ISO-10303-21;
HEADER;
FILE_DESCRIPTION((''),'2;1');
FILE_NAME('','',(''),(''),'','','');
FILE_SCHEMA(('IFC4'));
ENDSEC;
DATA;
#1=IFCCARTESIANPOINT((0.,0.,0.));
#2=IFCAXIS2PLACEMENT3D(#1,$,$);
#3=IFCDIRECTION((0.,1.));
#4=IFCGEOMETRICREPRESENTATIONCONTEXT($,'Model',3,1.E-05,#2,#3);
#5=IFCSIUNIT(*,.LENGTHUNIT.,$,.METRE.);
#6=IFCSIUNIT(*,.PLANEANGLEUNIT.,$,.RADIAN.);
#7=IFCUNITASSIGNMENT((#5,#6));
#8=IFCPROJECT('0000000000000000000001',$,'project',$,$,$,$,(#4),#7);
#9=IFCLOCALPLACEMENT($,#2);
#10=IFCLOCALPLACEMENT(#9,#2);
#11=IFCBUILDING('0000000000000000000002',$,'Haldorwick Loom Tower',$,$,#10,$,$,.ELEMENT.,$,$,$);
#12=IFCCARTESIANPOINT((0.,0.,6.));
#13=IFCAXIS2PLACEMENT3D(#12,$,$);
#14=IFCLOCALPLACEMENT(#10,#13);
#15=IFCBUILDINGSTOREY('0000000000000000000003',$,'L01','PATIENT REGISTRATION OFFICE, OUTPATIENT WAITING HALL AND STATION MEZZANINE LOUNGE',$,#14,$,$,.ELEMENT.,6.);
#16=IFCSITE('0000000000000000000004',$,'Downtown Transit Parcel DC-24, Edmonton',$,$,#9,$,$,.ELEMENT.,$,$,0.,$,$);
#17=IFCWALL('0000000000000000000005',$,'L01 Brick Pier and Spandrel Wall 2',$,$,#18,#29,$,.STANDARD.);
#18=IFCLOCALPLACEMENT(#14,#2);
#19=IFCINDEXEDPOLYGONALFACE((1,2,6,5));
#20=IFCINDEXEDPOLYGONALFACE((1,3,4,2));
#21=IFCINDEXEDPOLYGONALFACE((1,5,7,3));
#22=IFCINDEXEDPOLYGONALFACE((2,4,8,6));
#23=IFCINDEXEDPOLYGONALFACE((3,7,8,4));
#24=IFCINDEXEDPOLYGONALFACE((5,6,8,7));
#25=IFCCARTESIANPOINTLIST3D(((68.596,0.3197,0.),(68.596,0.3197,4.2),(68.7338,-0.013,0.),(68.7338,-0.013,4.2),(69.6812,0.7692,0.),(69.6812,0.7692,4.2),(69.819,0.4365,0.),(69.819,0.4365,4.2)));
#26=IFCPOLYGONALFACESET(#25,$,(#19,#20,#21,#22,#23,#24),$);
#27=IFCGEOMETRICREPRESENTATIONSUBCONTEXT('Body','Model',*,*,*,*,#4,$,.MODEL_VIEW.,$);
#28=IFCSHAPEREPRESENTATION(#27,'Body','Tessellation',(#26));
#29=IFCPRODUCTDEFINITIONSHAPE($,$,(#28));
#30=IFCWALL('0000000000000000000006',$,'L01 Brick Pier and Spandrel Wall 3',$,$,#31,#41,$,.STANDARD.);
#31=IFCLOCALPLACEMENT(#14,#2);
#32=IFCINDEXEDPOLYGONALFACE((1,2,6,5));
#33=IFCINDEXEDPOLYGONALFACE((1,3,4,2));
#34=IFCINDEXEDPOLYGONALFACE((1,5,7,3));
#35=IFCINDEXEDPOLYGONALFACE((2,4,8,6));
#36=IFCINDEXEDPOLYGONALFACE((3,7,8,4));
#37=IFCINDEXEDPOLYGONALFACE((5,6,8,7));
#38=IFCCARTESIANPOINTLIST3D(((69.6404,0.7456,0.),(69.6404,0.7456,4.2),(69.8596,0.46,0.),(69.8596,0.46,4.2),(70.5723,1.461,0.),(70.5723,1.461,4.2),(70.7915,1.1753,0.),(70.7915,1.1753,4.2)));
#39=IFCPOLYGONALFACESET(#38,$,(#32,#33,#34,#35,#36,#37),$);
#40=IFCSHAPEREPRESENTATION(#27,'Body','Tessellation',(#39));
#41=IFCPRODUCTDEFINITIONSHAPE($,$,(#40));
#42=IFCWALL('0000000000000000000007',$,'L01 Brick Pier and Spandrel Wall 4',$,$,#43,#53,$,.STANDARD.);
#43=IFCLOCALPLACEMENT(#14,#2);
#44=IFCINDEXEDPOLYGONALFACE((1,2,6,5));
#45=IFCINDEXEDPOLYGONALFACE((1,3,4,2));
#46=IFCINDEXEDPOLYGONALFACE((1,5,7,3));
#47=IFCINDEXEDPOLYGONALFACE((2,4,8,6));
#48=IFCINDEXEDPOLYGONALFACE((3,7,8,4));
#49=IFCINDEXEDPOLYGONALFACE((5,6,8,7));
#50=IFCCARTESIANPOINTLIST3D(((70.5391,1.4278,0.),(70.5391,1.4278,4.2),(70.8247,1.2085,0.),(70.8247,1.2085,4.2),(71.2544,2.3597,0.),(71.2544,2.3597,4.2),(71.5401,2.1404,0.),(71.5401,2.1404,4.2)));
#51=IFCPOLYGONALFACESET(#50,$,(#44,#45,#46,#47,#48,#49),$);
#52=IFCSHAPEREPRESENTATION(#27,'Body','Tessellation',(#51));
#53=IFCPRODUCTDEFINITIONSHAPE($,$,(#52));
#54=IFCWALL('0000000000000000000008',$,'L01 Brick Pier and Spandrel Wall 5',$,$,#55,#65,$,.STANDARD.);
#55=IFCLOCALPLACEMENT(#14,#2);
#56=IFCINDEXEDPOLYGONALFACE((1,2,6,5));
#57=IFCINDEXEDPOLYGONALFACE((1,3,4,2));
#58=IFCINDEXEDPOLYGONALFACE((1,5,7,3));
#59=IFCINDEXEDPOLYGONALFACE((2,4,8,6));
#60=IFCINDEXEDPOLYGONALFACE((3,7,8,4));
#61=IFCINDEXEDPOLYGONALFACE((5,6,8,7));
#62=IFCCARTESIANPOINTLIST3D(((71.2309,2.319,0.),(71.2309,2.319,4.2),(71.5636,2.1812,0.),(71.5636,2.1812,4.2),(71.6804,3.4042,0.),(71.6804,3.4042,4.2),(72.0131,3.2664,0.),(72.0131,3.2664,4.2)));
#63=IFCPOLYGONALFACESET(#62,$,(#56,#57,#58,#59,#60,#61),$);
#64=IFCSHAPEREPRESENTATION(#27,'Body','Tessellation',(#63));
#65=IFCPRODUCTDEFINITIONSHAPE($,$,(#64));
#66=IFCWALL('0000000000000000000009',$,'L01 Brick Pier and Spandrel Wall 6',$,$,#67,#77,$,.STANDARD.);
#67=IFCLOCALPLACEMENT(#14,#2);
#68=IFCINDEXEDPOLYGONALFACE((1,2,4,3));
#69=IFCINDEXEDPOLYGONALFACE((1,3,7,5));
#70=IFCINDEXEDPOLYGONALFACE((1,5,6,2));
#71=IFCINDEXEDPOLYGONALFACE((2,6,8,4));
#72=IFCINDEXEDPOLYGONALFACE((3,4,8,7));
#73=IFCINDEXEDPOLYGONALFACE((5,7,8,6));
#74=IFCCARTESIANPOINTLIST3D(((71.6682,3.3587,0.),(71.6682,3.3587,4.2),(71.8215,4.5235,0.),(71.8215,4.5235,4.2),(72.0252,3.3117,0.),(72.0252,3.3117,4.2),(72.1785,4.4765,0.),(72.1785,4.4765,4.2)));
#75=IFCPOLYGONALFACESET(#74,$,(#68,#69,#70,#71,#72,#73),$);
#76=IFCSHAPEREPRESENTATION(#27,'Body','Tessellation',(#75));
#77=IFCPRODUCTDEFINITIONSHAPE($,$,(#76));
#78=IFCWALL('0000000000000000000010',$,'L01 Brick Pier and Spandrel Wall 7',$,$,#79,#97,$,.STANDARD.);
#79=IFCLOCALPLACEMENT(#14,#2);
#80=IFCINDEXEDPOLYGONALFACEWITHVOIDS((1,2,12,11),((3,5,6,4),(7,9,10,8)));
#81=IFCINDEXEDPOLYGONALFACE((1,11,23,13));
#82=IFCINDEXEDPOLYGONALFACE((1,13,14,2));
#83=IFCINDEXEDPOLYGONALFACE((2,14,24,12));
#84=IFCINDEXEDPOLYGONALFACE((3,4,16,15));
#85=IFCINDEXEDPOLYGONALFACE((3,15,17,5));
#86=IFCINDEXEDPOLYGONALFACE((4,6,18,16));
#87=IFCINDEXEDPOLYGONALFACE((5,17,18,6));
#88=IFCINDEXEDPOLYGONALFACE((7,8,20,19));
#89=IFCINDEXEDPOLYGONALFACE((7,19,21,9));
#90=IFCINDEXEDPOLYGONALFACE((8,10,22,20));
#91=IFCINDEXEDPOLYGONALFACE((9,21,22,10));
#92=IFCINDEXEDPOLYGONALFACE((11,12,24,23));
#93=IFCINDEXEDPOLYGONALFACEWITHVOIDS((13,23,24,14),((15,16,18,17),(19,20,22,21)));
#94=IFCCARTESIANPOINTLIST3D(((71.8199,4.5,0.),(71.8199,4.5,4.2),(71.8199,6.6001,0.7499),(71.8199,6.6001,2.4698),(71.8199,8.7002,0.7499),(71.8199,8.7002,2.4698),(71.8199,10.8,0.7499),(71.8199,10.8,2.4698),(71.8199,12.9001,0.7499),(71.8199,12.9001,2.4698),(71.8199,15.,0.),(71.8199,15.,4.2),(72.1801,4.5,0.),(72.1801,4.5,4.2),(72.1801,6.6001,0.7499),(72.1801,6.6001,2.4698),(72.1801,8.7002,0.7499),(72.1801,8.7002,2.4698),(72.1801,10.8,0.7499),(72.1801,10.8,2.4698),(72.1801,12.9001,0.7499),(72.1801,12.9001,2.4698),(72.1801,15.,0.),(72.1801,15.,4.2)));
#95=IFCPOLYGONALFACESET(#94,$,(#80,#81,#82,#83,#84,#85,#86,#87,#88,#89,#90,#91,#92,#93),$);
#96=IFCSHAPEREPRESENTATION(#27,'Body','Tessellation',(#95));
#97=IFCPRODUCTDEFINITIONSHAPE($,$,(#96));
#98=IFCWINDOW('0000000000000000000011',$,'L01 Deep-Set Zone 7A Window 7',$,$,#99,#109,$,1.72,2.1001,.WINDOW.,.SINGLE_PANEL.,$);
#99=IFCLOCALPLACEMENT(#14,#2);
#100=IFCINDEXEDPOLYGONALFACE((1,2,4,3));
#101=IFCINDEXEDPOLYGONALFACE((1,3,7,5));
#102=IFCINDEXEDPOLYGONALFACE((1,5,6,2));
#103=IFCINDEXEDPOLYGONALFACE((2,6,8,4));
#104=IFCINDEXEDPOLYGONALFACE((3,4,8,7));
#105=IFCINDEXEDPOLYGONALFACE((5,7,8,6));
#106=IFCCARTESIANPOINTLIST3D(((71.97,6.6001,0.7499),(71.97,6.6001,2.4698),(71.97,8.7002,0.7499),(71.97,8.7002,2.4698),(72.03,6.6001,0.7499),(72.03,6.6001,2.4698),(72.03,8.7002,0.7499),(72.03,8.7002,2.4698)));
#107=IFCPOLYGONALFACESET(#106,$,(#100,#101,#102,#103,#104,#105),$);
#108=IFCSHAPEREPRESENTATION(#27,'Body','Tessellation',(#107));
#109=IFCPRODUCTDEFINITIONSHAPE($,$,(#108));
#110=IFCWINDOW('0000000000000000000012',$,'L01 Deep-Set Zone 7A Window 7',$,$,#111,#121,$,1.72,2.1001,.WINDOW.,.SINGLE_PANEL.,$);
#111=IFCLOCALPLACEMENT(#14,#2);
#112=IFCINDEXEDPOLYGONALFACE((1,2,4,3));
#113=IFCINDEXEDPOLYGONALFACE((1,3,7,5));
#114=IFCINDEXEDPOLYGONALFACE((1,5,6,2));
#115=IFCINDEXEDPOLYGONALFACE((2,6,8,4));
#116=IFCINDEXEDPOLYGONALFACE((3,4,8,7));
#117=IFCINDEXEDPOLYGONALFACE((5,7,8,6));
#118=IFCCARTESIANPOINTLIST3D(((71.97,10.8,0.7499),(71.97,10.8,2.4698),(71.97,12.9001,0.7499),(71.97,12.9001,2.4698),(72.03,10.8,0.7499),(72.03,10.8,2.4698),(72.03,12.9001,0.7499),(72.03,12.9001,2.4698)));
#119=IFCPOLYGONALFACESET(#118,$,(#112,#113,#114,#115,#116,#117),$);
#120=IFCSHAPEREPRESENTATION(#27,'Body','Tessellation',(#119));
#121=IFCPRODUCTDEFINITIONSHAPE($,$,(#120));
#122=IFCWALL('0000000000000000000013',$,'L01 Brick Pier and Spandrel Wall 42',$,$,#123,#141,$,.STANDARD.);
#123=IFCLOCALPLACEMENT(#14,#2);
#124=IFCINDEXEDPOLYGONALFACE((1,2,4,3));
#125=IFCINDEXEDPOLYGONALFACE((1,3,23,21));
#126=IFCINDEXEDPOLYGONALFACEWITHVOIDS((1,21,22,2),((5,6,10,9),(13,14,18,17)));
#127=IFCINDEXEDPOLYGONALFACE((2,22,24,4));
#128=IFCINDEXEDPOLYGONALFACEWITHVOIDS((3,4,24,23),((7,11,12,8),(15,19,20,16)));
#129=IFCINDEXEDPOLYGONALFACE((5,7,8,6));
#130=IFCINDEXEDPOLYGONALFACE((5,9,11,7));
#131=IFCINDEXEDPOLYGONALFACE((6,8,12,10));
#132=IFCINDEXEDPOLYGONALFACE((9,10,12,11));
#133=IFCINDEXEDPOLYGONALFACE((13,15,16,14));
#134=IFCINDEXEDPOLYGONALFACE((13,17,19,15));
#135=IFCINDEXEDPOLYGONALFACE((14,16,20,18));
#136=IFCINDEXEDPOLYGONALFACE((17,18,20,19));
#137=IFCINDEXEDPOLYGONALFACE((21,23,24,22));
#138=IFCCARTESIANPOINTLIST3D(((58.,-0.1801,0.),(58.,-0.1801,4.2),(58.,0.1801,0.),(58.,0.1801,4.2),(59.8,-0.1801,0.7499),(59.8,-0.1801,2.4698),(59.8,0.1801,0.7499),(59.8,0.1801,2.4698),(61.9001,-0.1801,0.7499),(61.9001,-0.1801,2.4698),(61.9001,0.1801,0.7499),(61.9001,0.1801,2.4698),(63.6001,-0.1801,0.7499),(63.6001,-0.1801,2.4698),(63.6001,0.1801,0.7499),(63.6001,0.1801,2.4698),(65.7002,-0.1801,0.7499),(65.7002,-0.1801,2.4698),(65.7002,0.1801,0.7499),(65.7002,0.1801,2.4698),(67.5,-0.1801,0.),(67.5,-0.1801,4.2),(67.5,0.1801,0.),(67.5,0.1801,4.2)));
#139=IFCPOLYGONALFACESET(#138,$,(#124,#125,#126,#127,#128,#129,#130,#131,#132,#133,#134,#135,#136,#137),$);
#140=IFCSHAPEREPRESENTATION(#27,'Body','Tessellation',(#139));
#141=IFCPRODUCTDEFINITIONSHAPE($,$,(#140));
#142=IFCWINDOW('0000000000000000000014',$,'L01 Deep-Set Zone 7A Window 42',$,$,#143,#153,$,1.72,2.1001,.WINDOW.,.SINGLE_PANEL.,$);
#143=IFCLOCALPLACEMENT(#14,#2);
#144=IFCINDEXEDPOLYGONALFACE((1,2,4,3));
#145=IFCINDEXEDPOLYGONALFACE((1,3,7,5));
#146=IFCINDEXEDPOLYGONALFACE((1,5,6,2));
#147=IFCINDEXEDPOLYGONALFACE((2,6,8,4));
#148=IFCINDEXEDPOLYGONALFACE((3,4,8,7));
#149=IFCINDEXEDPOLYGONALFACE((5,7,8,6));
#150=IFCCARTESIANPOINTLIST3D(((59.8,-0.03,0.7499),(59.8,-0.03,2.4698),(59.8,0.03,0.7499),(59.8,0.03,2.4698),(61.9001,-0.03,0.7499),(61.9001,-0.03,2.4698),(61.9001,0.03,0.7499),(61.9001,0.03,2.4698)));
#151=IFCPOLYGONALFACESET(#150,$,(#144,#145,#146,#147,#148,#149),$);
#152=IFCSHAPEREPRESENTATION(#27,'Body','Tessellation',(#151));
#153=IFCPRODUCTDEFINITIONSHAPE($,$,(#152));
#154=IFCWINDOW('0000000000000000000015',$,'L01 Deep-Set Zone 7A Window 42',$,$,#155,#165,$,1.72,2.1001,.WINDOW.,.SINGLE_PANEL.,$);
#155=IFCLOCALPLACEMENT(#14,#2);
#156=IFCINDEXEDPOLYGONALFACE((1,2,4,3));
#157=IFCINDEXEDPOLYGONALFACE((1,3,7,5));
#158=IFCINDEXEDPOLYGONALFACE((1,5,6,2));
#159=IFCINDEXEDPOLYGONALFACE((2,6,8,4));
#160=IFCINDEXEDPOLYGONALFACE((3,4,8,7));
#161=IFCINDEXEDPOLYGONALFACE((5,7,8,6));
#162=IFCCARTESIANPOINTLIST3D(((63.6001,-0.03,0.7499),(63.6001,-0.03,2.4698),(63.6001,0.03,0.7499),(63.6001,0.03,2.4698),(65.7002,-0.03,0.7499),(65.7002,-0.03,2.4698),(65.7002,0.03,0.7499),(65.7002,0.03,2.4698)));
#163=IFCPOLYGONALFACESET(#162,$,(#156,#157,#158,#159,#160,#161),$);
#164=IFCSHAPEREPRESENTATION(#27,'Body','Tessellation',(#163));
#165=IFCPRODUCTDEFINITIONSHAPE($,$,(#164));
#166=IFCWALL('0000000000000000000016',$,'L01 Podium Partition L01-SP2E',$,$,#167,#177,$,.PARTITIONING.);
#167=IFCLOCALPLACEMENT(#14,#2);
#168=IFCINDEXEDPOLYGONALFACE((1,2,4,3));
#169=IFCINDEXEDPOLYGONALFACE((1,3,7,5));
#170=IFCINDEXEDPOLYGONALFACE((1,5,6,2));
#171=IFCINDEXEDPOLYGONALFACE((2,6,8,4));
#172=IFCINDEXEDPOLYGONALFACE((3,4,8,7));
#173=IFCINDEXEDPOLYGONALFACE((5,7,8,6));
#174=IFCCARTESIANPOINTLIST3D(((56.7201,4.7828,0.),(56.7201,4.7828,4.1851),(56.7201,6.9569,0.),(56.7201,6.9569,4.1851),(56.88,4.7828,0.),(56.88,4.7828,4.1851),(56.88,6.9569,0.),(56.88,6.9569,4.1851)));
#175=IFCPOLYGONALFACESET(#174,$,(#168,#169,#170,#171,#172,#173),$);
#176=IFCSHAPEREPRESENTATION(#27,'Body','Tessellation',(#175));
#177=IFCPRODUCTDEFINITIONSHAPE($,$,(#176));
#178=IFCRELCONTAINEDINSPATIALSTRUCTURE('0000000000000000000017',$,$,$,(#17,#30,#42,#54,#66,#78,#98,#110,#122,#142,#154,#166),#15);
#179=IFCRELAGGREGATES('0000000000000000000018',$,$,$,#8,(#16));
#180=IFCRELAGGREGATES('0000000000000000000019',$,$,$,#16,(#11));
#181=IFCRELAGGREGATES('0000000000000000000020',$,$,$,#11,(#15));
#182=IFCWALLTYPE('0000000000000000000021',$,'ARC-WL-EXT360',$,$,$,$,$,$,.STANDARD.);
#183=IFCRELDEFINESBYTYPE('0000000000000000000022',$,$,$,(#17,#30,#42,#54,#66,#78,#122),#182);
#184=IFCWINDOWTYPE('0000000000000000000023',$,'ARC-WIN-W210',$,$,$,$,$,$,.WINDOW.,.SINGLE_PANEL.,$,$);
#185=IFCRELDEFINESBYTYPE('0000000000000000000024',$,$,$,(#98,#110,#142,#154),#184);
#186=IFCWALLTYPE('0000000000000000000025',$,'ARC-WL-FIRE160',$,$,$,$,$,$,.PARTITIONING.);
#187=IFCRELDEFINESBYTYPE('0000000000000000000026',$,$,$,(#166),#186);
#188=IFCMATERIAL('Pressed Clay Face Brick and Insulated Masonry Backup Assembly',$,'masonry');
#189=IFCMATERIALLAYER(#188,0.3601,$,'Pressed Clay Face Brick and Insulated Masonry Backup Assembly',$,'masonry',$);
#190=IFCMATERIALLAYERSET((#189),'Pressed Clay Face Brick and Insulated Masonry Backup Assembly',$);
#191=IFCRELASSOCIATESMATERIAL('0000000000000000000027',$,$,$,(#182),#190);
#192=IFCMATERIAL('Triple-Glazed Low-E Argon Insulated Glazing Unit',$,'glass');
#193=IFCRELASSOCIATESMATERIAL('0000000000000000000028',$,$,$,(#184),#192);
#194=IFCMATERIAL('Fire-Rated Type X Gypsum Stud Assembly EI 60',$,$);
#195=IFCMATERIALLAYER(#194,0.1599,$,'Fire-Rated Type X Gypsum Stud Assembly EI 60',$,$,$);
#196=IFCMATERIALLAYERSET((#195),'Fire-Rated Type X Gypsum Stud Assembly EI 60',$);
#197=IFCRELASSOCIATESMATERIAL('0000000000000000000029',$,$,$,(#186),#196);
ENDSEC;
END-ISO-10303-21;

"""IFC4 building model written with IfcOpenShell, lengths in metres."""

from ifc_helpers import new_model, si_unit, direction, frame, frame_2d, origin, place, context, subcontext, project, spatial, rectangle, extrude, material, layer, layer_set, type_object, element, fill, save


model = new_model("IFC4")

# Units and contexts
model_context = context("Model", 3, precision=1e-05, world=origin(), true_north=direction((0.0, 1.0)))
body_context = subcontext(model_context, "Body", "Model", "MODEL_VIEW")
ifc_project = project(units=[si_unit("LENGTHUNIT", "METRE"), si_unit("PLANEANGLEUNIT", "RADIAN")], contexts=[model_context])

# Site, building, storey
site_placement = place(None, origin())
site = spatial("IfcSite", under=ifc_project, at=site_placement, Name="Downtown Transit Parcel DC-24, Edmonton", CompositionType="ELEMENT", RefElevation=0.0)
building_placement = place(site_placement, origin())
building = spatial("IfcBuilding", under=site, at=building_placement, Name="Haldorwick Loom Tower", CompositionType="ELEMENT")
storey_placement = place(building_placement, frame((0.0, 0.0, 6.0)))
storey = spatial("IfcBuildingStorey", under=building, at=storey_placement, Name="L01", Description="PATIENT REGISTRATION OFFICE, OUTPATIENT WAITING HALL AND STATION MEZZANINE LOUNGE", CompositionType="ELEMENT", Elevation=6.0)

# Shared definitions
ifc_material_1 = material(Name="Triple-Glazed Low-E Argon Insulated Glazing Unit", Category="glass")

# Walls
ifc_material_2 = material(Name="Pressed Clay Face Brick and Insulated Masonry Backup Assembly", Category="masonry")
ifc_layer_1 = layer(ifc_material_2, 0.3601, Name="Pressed Clay Face Brick and Insulated Masonry Backup Assembly", Category="masonry")
ifc_layer_set_1 = layer_set([ifc_layer_1], Name="Pressed Clay Face Brick and Insulated Masonry Backup Assembly")
wall_type_1 = type_object("IfcWallType", Name="ARC-WL-EXT360", PredefinedType="STANDARD", material=ifc_layer_set_1)
wall_1_placement = place(storey_placement, frame((68.6648, 0.1533, 0.0), z_axis=(0.0, 0.0, 1.0), x_axis=(0.923893, 0.382652, 0.0)))
element("IfcWall", 1, at=wall_1_placement, inside=storey, type_object=wall_type_1, Name="L01 Brick Pier and Spandrel Wall 2", PredefinedType="STANDARD", context=body_context, shape_type="SweptSolid", body=[
    extrude(rectangle(XDim=1.1746, YDim=0.3601, at=frame_2d((0.5874, 0.0))), origin(), (0.0, 0.0, 1.0), 4.2),
])
for number, where, z_axis, x_axis, name in (
    (2, (69.75, 0.6028, 0.0), (0.0, 0.0, 1.0), (0.793242, 0.608907, 0.0), "L01 Brick Pier and Spandrel Wall 3"),
    (3, (70.6819, 1.3181, 0.0), (0.0, 0.0, 1.0), (0.608907, 0.793242, 0.0), "L01 Brick Pier and Spandrel Wall 4"),
):
    element("IfcWall", number, at=place(storey_placement, frame(where, z_axis=z_axis, x_axis=x_axis)), inside=storey, type_object=wall_type_1, Name=name, PredefinedType="STANDARD", context=body_context, shape_type="SweptSolid", body=[
        extrude(rectangle(XDim=1.1748, YDim=0.3601, at=frame_2d((0.5874, 0.0))), origin(), (0.0, 0.0, 1.0), 4.2),
    ])
wall_2_placement = place(storey_placement, frame((71.3972, 2.25, 0.0), z_axis=(0.0, 0.0, 1.0), x_axis=(0.382652, 0.923893, 0.0)))
element("IfcWall", 4, at=wall_2_placement, inside=storey, type_object=wall_type_1, Name="L01 Brick Pier and Spandrel Wall 5", PredefinedType="STANDARD", context=body_context, shape_type="SweptSolid", body=[
    extrude(rectangle(XDim=1.1746, YDim=0.3601, at=frame_2d((0.5874, 0.0))), origin(), (0.0, 0.0, 1.0), 4.2),
])
wall_3_placement = place(storey_placement, frame((71.8467, 3.3352, 0.0), z_axis=(0.0, 0.0, 1.0), x_axis=(0.130503, 0.991448, 0.0)))
element("IfcWall", 5, at=wall_3_placement, inside=storey, type_object=wall_type_1, Name="L01 Brick Pier and Spandrel Wall 6", PredefinedType="STANDARD", context=body_context, shape_type="SweptSolid", body=[
    extrude(rectangle(XDim=1.1748, YDim=0.3601, at=frame_2d((0.5874, 0.0))), origin(), (0.0, 0.0, 1.0), 4.2),
])

# Walls, openings, windows
wall_4_placement = place(storey_placement, frame((72.0, 4.5, 0.0), z_axis=(0.0, 0.0, 1.0), x_axis=(0.0, 1.0, 0.0)))
wall_4 = element("IfcWall", 6, at=wall_4_placement, inside=storey, type_object=wall_type_1, Name="L01 Brick Pier and Spandrel Wall 7", PredefinedType="STANDARD", context=body_context, shape_type="SweptSolid", body=[
    extrude(rectangle(XDim=10.5, YDim=0.3601, at=frame_2d((5.25, 0.0))), origin(), (0.0, 0.0, 1.0), 4.2),
])
opening_1_placement = place(wall_4_placement, frame((2.1001, 0.0, 0.75)))
opening_1 = element("IfcOpeningElement", 7, at=opening_1_placement, cuts=wall_4, PredefinedType="OPENING", context=body_context, shape_type="SweptSolid", body=[
    extrude(rectangle(XDim=2.1001, YDim=1.72, at=frame_2d((1.05, 0.8599))), frame((0.0, 0.1899, 0.0), z_axis=(0.0, -1.0, 0.0), x_axis=(1.0, 0.0, 0.0)), (0.0, 0.0, 1.0), 0.3801),
])
opening_2_placement = place(wall_4_placement, frame((6.3, 0.0, 0.75)))
opening_2 = element("IfcOpeningElement", 8, at=opening_2_placement, cuts=wall_4, PredefinedType="OPENING", context=body_context, shape_type="SweptSolid", body=[
    extrude(rectangle(XDim=2.1001, YDim=1.72, at=frame_2d((1.05, 0.8599))), frame((0.0, 0.1899, 0.0), z_axis=(0.0, -1.0, 0.0), x_axis=(1.0, 0.0, 0.0)), (0.0, 0.0, 1.0), 0.3801),
])
window_type = type_object("IfcWindowType", Name="ARC-WIN-W210", PartitioningType="SINGLE_PANEL", PredefinedType="WINDOW", material=ifc_material_1)
window_1_placement = place(opening_1_placement, origin())
window_1 = element("IfcWindow", 9, at=window_1_placement, inside=storey, type_object=window_type, Name="L01 Deep-Set Zone 7A Window 7", OverallHeight=1.72, OverallWidth=2.1001, PartitioningType="SINGLE_PANEL", PredefinedType="WINDOW", context=body_context, shape_type="SweptSolid", body=[
    extrude(rectangle(XDim=2.1001, YDim=1.72, at=frame_2d((1.05, 0.8599))), frame((0.0, 0.03, 0.0), z_axis=(0.0, -1.0, 0.0), x_axis=(1.0, 0.0, 0.0)), (0.0, 0.0, 1.0), 0.0601),
])
fill(opening_1, window_1)
window_2_placement = place(opening_2_placement, origin())
window_2 = element("IfcWindow", 10, at=window_2_placement, inside=storey, type_object=window_type, Name="L01 Deep-Set Zone 7A Window 7", OverallHeight=1.72, OverallWidth=2.1001, PartitioningType="SINGLE_PANEL", PredefinedType="WINDOW", context=body_context, shape_type="SweptSolid", body=[
    extrude(rectangle(XDim=2.1001, YDim=1.72, at=frame_2d((1.05, 0.8599))), frame((0.0, 0.03, 0.0), z_axis=(0.0, -1.0, 0.0), x_axis=(1.0, 0.0, 0.0)), (0.0, 0.0, 1.0), 0.0601),
])
fill(opening_2, window_2)
wall_5_placement = place(storey_placement, frame((58.0, 0.0, 0.0), z_axis=(0.0, 0.0, 1.0), x_axis=(1.0, 0.0, 0.0)))
wall_5 = element("IfcWall", 11, at=wall_5_placement, inside=storey, type_object=wall_type_1, Name="L01 Brick Pier and Spandrel Wall 42", PredefinedType="STANDARD", context=body_context, shape_type="SweptSolid", body=[
    extrude(rectangle(XDim=9.5, YDim=0.3601, at=frame_2d((4.75, 0.0))), origin(), (0.0, 0.0, 1.0), 4.2),
])
opening_3_placement = place(wall_5_placement, frame((1.8, 0.0, 0.75)))
opening_3 = element("IfcOpeningElement", 12, at=opening_3_placement, cuts=wall_5, PredefinedType="OPENING", context=body_context, shape_type="SweptSolid", body=[
    extrude(rectangle(XDim=2.1001, YDim=1.72, at=frame_2d((1.05, 0.8599))), frame((0.0, 0.1899, 0.0), z_axis=(0.0, -1.0, 0.0), x_axis=(1.0, 0.0, 0.0)), (0.0, 0.0, 1.0), 0.3801),
])
opening_4_placement = place(wall_5_placement, frame((5.6001, 0.0, 0.75)))
opening_4 = element("IfcOpeningElement", 13, at=opening_4_placement, cuts=wall_5, PredefinedType="OPENING", context=body_context, shape_type="SweptSolid", body=[
    extrude(rectangle(XDim=2.1001, YDim=1.72, at=frame_2d((1.05, 0.8599))), frame((0.0, 0.1899, 0.0), z_axis=(0.0, -1.0, 0.0), x_axis=(1.0, 0.0, 0.0)), (0.0, 0.0, 1.0), 0.3801),
])
window_3_placement = place(opening_3_placement, origin())
window_3 = element("IfcWindow", 14, at=window_3_placement, inside=storey, type_object=window_type, Name="L01 Deep-Set Zone 7A Window 42", OverallHeight=1.72, OverallWidth=2.1001, PartitioningType="SINGLE_PANEL", PredefinedType="WINDOW", context=body_context, shape_type="SweptSolid", body=[
    extrude(rectangle(XDim=2.1001, YDim=1.72, at=frame_2d((1.05, 0.8599))), frame((0.0, 0.03, 0.0), z_axis=(0.0, -1.0, 0.0), x_axis=(1.0, 0.0, 0.0)), (0.0, 0.0, 1.0), 0.0601),
])
fill(opening_3, window_3)
window_4_placement = place(opening_4_placement, origin())
window_4 = element("IfcWindow", 15, at=window_4_placement, inside=storey, type_object=window_type, Name="L01 Deep-Set Zone 7A Window 42", OverallHeight=1.72, OverallWidth=2.1001, PartitioningType="SINGLE_PANEL", PredefinedType="WINDOW", context=body_context, shape_type="SweptSolid", body=[
    extrude(rectangle(XDim=2.1001, YDim=1.72, at=frame_2d((1.05, 0.8599))), frame((0.0, 0.03, 0.0), z_axis=(0.0, -1.0, 0.0), x_axis=(1.0, 0.0, 0.0)), (0.0, 0.0, 1.0), 0.0601),
])
fill(opening_4, window_4)

# Wall
ifc_material_3 = material(Name="Fire-Rated Type X Gypsum Stud Assembly EI 60")
ifc_layer_2 = layer(ifc_material_3, 0.1599, Name="Fire-Rated Type X Gypsum Stud Assembly EI 60")
ifc_layer_set_2 = layer_set([ifc_layer_2], Name="Fire-Rated Type X Gypsum Stud Assembly EI 60")
wall_type_2 = type_object("IfcWallType", Name="ARC-WL-FIRE160", PredefinedType="PARTITIONING", material=ifc_layer_set_2)
wall_6_placement = place(storey_placement, frame((56.8, 4.783, 0.0), z_axis=(0.0, 0.0, 1.0), x_axis=(0.0, 1.0, 0.0)))
element("IfcWall", 16, at=wall_6_placement, inside=storey, type_object=wall_type_2, Name="L01 Podium Partition L01-SP2E", PredefinedType="PARTITIONING", context=body_context, shape_type="SweptSolid", body=[
    extrude(rectangle(XDim=2.1741, YDim=0.1599, at=frame_2d((1.0869, 0.0))), origin(), (0.0, 0.0, 1.0), 4.1851),
])

save(model, "model.ifc")
